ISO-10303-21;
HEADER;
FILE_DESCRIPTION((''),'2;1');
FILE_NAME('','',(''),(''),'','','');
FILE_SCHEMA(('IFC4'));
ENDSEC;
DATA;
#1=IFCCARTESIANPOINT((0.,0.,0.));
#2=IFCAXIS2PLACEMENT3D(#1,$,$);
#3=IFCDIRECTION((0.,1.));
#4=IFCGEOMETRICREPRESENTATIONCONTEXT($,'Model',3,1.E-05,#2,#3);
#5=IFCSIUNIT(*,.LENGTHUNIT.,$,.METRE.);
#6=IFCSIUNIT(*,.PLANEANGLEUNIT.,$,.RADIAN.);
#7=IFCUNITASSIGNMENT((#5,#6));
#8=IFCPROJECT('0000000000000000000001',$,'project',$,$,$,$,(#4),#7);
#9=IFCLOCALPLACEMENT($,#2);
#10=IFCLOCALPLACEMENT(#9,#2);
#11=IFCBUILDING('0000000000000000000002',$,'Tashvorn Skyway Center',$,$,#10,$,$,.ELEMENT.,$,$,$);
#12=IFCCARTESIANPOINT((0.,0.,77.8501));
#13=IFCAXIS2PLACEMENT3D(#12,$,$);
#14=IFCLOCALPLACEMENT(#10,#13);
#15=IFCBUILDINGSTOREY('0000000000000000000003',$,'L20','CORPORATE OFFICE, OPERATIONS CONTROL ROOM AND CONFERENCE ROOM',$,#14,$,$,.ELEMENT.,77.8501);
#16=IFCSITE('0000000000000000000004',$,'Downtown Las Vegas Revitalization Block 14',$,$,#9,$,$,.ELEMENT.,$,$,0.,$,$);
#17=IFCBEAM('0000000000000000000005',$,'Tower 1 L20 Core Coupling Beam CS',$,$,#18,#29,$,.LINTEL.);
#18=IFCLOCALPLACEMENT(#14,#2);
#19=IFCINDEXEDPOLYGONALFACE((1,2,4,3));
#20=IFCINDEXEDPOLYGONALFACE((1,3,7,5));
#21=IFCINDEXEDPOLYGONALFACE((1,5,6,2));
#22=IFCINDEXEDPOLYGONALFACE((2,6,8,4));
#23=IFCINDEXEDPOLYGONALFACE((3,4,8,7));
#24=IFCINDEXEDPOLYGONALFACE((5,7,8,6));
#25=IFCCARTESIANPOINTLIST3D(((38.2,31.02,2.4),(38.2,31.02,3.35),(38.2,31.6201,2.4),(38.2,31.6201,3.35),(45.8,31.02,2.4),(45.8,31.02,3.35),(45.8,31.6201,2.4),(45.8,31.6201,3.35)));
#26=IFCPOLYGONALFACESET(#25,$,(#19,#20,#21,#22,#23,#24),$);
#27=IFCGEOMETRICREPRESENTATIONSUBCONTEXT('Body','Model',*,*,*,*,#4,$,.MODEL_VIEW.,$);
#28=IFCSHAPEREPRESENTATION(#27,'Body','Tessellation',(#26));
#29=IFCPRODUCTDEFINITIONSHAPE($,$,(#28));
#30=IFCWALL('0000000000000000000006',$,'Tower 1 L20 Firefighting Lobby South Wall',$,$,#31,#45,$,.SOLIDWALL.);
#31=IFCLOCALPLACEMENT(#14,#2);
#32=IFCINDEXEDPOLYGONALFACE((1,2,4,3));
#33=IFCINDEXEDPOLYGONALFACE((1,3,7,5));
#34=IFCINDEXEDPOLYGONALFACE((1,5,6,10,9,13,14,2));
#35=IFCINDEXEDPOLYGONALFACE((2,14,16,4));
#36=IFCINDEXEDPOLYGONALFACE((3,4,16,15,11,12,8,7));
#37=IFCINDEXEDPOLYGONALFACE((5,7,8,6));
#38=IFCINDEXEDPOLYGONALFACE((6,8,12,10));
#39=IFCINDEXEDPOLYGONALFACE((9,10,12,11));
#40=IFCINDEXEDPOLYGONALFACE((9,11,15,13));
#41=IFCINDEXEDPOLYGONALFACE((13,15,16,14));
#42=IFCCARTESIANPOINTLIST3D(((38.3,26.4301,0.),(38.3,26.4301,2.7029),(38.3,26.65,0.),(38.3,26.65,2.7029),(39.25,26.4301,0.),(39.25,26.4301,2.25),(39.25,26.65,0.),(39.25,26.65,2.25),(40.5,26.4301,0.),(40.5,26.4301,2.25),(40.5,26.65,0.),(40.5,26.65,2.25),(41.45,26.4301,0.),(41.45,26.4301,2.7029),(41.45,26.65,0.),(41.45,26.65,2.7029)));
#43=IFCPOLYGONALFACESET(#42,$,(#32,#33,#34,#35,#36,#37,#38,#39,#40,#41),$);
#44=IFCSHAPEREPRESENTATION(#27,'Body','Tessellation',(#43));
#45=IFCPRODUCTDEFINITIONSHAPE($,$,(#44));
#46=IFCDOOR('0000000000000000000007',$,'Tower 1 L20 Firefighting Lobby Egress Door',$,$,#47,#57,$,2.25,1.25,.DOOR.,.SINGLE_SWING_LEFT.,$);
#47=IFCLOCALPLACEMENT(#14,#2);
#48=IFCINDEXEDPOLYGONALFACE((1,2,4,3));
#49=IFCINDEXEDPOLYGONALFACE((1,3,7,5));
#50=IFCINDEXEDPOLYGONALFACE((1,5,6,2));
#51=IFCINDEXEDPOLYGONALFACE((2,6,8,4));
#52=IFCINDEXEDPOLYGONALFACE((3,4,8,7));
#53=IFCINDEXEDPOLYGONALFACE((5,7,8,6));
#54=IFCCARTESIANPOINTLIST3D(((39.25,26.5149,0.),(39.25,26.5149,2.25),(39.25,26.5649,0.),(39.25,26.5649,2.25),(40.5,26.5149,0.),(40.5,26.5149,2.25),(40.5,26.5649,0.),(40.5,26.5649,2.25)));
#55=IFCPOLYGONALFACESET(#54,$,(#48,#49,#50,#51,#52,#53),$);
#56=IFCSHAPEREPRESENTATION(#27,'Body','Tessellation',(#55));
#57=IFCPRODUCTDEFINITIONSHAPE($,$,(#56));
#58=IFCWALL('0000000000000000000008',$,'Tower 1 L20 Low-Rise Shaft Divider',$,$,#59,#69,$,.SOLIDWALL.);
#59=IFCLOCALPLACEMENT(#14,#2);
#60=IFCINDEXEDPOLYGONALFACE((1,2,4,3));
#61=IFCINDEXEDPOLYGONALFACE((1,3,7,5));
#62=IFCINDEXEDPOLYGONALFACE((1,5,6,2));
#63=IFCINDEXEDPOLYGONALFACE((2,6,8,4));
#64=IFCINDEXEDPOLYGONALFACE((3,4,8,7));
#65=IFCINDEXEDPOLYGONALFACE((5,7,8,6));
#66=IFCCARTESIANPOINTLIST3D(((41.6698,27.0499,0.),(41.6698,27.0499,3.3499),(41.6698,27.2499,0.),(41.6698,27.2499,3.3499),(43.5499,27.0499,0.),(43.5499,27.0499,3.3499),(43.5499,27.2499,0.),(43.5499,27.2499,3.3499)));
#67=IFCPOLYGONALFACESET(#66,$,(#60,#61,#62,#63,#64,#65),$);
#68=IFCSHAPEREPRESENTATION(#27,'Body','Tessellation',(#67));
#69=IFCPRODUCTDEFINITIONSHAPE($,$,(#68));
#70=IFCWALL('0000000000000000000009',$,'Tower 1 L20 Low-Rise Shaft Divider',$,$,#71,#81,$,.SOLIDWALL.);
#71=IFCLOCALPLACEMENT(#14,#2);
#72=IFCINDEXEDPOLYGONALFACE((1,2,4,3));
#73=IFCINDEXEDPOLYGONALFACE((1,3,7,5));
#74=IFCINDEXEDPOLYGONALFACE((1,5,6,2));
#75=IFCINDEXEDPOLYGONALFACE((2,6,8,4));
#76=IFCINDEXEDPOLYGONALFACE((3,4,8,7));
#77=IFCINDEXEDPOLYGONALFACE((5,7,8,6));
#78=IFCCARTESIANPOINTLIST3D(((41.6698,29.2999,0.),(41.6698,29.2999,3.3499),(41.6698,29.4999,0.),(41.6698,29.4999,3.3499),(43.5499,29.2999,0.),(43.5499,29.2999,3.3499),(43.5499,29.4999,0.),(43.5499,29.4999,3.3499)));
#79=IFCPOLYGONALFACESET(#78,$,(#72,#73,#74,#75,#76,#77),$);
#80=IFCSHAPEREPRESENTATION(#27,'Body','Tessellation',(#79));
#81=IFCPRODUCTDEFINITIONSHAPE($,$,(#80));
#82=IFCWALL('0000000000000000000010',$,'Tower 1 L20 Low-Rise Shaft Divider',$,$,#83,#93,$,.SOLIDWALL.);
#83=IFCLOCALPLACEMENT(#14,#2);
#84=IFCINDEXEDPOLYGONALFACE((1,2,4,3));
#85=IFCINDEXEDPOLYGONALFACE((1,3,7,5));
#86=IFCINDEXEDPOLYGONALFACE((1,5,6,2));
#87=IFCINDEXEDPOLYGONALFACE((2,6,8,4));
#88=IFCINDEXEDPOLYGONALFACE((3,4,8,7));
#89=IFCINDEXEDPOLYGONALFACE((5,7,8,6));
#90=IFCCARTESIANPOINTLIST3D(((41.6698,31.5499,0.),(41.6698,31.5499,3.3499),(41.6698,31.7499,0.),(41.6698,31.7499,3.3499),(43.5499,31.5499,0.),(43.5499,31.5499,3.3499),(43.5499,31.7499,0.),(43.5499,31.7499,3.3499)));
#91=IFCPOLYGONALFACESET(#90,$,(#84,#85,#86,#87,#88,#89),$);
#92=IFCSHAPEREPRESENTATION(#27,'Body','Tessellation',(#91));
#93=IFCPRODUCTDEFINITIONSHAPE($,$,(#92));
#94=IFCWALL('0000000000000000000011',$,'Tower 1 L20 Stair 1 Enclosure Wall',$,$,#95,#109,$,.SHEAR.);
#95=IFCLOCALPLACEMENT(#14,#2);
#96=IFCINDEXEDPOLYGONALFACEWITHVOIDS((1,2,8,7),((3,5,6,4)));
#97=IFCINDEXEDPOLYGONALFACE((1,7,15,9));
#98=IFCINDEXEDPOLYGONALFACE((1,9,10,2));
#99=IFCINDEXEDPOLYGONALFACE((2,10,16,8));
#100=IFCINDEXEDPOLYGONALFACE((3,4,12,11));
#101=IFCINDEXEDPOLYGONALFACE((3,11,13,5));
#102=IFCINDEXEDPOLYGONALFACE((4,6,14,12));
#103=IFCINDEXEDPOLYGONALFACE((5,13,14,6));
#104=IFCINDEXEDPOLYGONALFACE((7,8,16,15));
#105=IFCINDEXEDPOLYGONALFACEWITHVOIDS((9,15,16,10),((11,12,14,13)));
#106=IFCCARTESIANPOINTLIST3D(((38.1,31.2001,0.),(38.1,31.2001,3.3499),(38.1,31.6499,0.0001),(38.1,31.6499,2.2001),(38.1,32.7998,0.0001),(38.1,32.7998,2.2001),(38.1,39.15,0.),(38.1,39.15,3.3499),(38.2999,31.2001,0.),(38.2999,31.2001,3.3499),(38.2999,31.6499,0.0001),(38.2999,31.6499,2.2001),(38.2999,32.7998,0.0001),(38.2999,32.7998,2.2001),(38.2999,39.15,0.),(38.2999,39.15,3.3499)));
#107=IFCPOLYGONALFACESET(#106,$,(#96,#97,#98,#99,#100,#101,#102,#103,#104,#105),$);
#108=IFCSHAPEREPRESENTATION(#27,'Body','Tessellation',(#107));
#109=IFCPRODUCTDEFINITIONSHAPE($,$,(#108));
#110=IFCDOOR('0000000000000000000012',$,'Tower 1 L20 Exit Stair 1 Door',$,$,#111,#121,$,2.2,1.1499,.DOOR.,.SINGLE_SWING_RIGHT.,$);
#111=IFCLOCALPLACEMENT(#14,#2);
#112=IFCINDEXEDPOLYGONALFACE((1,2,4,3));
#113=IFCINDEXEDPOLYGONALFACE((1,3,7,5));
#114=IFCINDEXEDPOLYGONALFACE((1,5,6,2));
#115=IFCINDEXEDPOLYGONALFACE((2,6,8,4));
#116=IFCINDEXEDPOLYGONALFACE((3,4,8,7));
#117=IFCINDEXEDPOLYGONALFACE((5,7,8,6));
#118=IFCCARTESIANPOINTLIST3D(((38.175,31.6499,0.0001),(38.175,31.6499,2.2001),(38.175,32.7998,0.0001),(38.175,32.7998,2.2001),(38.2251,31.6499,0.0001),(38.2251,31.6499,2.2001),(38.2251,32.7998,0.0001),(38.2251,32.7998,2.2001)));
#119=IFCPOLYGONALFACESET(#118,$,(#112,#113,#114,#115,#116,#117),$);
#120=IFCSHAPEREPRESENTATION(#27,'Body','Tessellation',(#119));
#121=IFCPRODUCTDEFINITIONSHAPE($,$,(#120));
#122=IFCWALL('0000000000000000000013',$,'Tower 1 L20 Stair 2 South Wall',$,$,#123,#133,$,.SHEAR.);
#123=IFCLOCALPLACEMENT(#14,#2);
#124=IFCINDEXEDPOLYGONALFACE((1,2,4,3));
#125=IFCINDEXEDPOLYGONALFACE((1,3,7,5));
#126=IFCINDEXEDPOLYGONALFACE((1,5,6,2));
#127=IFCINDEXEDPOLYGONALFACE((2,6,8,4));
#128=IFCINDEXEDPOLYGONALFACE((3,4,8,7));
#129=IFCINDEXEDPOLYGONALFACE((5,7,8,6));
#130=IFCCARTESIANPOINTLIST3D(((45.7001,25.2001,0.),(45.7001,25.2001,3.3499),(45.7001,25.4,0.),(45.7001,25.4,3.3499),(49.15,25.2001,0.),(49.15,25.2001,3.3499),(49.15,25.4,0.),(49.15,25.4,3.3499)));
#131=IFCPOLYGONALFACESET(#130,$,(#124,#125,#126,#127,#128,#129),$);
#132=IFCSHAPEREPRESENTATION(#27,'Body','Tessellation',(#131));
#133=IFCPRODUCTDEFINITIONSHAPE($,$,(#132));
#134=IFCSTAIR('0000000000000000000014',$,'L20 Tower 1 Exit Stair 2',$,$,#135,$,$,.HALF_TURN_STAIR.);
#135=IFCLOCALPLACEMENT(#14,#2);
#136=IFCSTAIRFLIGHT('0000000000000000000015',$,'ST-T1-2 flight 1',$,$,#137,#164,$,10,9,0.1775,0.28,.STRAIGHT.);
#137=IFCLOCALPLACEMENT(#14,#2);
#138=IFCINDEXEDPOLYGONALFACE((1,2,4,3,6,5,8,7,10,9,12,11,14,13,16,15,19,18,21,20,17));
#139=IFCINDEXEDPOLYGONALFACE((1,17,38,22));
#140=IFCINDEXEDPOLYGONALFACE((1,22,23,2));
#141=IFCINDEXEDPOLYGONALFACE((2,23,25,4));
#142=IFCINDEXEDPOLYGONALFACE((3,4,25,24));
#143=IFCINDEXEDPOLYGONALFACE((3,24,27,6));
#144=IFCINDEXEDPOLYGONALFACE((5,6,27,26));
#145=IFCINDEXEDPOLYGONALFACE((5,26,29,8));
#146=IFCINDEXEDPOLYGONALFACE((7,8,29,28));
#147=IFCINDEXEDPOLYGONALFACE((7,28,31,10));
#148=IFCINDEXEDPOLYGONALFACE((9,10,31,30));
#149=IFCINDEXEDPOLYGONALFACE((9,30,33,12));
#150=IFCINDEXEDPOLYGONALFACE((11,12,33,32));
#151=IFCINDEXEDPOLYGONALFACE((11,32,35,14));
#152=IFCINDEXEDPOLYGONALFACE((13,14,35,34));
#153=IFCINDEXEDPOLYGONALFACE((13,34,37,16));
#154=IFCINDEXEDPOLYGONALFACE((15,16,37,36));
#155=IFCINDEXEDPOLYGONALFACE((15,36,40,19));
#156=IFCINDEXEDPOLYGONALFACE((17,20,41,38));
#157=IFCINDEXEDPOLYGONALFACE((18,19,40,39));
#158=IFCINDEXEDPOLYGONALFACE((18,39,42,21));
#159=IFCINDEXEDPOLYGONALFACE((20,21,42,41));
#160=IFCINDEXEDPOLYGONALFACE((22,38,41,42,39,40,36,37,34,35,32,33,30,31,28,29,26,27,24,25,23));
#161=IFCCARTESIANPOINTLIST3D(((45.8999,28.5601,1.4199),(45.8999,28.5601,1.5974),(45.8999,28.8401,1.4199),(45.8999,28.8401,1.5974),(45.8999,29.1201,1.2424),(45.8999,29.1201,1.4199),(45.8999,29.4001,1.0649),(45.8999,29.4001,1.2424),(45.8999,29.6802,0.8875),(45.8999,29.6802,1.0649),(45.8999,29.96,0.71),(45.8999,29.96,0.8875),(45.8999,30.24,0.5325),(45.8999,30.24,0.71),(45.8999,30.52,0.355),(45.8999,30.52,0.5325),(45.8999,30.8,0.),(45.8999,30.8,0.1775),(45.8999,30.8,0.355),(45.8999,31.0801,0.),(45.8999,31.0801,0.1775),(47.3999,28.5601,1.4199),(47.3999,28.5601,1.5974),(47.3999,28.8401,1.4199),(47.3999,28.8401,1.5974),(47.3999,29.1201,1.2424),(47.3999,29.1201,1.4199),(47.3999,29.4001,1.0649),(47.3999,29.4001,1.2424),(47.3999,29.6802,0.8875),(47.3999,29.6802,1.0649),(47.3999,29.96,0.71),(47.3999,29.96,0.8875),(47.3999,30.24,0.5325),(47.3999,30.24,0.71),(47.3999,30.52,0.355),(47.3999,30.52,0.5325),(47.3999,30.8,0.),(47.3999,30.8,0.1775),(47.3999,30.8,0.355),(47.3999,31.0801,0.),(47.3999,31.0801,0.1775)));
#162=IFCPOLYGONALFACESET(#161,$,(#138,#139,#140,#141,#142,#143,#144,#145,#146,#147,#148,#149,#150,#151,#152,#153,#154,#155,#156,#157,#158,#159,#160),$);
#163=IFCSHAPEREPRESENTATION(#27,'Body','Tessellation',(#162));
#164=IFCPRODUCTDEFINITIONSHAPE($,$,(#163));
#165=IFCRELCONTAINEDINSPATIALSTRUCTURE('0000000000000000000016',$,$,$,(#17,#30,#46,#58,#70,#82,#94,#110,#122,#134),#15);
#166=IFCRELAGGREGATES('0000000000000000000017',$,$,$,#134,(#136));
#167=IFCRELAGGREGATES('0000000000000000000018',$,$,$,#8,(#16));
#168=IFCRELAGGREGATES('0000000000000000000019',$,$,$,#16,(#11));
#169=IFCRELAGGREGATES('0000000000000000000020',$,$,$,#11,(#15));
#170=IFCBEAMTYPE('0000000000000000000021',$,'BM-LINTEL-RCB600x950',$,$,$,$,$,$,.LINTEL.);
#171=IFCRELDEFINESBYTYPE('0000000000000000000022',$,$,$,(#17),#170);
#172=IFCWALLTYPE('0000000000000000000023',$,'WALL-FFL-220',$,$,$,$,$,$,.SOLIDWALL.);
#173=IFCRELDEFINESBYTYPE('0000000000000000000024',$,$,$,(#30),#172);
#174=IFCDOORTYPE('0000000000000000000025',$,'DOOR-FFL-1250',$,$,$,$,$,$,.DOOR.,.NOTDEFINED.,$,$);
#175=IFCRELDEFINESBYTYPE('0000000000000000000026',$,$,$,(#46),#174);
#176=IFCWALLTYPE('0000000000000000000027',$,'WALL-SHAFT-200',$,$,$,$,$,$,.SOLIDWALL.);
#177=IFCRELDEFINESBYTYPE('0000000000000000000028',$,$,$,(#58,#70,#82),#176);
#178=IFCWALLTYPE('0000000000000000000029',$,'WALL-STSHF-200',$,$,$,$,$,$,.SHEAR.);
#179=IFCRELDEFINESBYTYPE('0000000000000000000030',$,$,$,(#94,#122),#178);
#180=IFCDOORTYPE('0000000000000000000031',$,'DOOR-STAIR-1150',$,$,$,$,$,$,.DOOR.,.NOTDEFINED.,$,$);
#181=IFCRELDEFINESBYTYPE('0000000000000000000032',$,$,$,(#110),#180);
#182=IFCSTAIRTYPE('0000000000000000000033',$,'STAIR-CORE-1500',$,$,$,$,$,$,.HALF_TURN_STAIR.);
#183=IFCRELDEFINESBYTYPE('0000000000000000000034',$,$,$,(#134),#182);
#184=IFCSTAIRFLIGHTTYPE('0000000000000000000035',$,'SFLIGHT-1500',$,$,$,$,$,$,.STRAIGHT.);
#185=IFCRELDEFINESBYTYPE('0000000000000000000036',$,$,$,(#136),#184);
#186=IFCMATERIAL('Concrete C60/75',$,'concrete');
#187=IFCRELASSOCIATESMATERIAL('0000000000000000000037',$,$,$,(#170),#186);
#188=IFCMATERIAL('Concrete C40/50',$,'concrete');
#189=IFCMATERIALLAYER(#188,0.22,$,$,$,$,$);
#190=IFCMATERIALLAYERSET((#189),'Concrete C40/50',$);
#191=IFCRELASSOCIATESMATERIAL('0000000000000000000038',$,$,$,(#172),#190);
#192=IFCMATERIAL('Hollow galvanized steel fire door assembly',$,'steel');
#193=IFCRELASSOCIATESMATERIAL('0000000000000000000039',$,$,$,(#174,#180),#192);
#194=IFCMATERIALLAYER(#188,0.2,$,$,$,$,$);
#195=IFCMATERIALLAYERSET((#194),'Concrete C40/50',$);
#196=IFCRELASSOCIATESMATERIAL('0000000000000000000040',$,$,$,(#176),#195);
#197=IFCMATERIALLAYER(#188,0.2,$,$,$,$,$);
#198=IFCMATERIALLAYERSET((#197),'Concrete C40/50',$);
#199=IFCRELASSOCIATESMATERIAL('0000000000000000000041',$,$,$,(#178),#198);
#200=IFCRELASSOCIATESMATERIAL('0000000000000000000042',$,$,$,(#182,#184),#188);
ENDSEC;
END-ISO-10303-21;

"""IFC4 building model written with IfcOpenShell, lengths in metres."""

from ifc_helpers import new_model, si_unit, direction, frame, frame_2d, origin, origin_2d, place, context, subcontext, project, spatial, polyline, rectangle, outline, extrude, material, layer, layer_set, material_profile, profile_set, type_object, element, fill, aggregate, save


model = new_model("IFC4")

# Units and contexts
model_context = context("Model", 3, precision=1e-05, world=origin(), true_north=direction((0.0, 1.0)))
body_context = subcontext(model_context, "Body", "Model", "MODEL_VIEW")
ifc_project = project(units=[si_unit("LENGTHUNIT", "METRE"), si_unit("PLANEANGLEUNIT", "RADIAN")], contexts=[model_context])

# Site, building, storey
site_placement = place(None, origin())
site = spatial("IfcSite", under=ifc_project, at=site_placement, Name="Downtown Las Vegas Revitalization Block 14", CompositionType="ELEMENT", RefElevation=0.0)
building_placement = place(site_placement, origin())
building = spatial("IfcBuilding", under=site, at=building_placement, Name="Tashvorn Skyway Center", CompositionType="ELEMENT")
storey_placement = place(building_placement, frame((0.0, 0.0, 77.8501)))
storey = spatial("IfcBuildingStorey", under=building, at=storey_placement, Name="L20", Description="CORPORATE OFFICE, OPERATIONS CONTROL ROOM AND CONFERENCE ROOM", CompositionType="ELEMENT", Elevation=77.8501)

# Beam
ifc_material_1 = material(Name="Concrete C60/75", Category="concrete")
ifc_material_profile = material_profile(ifc_material_1, rectangle(XDim=0.6001, YDim=0.95, at=origin_2d()), Name="RCB600x950")
ifc_profile_set = profile_set([ifc_material_profile], Name="Concrete C60/75")
beam_type = type_object("IfcBeamType", Name="BM-LINTEL-RCB600x950", PredefinedType="LINTEL", material=ifc_profile_set)
beam_placement = place(storey_placement, frame((38.2, 31.3201, 2.875), z_axis=(1.0, 0.0, 0.0), x_axis=(0.0, 1.0, 0.0)))
element("IfcBeam", 1, at=beam_placement, inside=storey, type_object=beam_type, Name="Tower 1 L20 Core Coupling Beam CS", PredefinedType="LINTEL", context=body_context, shape_type="SweptSolid", body=[
    extrude(rectangle(XDim=0.6001, YDim=0.95, at=origin_2d()), origin(), (0.0, 0.0, 1.0), 7.6001),
])

# Wall, opening, door
ifc_material_2 = material(Name="Concrete C40/50", Category="concrete")
ifc_layer_1 = layer(ifc_material_2, 0.22)
ifc_layer_set_1 = layer_set([ifc_layer_1], Name="Concrete C40/50")
wall_type_1 = type_object("IfcWallType", Name="WALL-FFL-220", PredefinedType="SOLIDWALL", material=ifc_layer_set_1)
wall_1_placement = place(storey_placement, frame((38.3, 26.54, 0.0), z_axis=(0.0, 0.0, 1.0), x_axis=(1.0, 0.0, 0.0)))
wall_1 = element("IfcWall", 2, at=wall_1_placement, inside=storey, type_object=wall_type_1, Name="Tower 1 L20 Firefighting Lobby South Wall", PredefinedType="SOLIDWALL", context=body_context, shape_type="SweptSolid", body=[
    extrude(rectangle(XDim=3.1499, YDim=0.22, at=frame_2d((1.575, 0.0))), origin(), (0.0, 0.0, 1.0), 2.7029),
])
opening_1_placement = place(wall_1_placement, frame((0.95, 0.0, 0.0)))
opening_1 = element("IfcOpeningElement", 3, at=opening_1_placement, cuts=wall_1, PredefinedType="OPENING", context=body_context, shape_type="SweptSolid", body=[
    extrude(rectangle(XDim=1.25, YDim=2.25, at=frame_2d((0.625, 1.125))), frame((0.0, 0.1199, 0.0), z_axis=(0.0, -1.0, 0.0), x_axis=(1.0, 0.0, 0.0)), (0.0, 0.0, 1.0), 0.24),
])
ifc_material_3 = material(Name="Hollow galvanized steel fire door assembly", Category="steel")
door_type_1 = type_object("IfcDoorType", Name="DOOR-FFL-1250", OperationType="NOTDEFINED", PredefinedType="DOOR", material=ifc_material_3)
door_1_placement = place(opening_1_placement, origin())
door_1 = element("IfcDoor", 4, at=door_1_placement, inside=storey, type_object=door_type_1, Name="Tower 1 L20 Firefighting Lobby Egress Door", OperationType="SINGLE_SWING_LEFT", OverallHeight=2.25, OverallWidth=1.25, PredefinedType="DOOR", context=body_context, shape_type="SweptSolid", body=[
    extrude(rectangle(XDim=1.25, YDim=2.25, at=frame_2d((0.625, 1.125))), frame((0.0, 0.0249, 0.0), z_axis=(0.0, -1.0, 0.0), x_axis=(1.0, 0.0, 0.0)), (0.0, 0.0, 1.0), 0.05),
])
fill(opening_1, door_1)

# Walls
ifc_layer_2 = layer(ifc_material_2, 0.2)
ifc_layer_set_2 = layer_set([ifc_layer_2], Name="Concrete C40/50")
wall_type_2 = type_object("IfcWallType", Name="WALL-SHAFT-200", PredefinedType="SOLIDWALL", material=ifc_layer_set_2)
for number, where, z_axis, x_axis, name in (
    (5, (41.6699, 27.1499, 0.0), (0.0, 0.0, 1.0), (1.0, 0.0, 0.0), "Tower 1 L20 Low-Rise Shaft Divider"),
    (6, (41.6699, 29.3999, 0.0), (0.0, 0.0, 1.0), (1.0, 0.0, 0.0), "Tower 1 L20 Low-Rise Shaft Divider"),
    (7, (41.6699, 31.6499, 0.0), (0.0, 0.0, 1.0), (1.0, 0.0, 0.0), "Tower 1 L20 Low-Rise Shaft Divider"),
):
    element("IfcWall", number, at=place(storey_placement, frame(where, z_axis=z_axis, x_axis=x_axis)), inside=storey, type_object=wall_type_2, Name=name, PredefinedType="SOLIDWALL", context=body_context, shape_type="SweptSolid", body=[
        extrude(rectangle(XDim=1.8801, YDim=0.2, at=frame_2d((0.9399, 0.0))), origin(), (0.0, 0.0, 1.0), 3.3499),
    ])

# Wall, opening, door
ifc_layer_3 = layer(ifc_material_2, 0.2)
ifc_layer_set_3 = layer_set([ifc_layer_3], Name="Concrete C40/50")
wall_type_3 = type_object("IfcWallType", Name="WALL-STSHF-200", PredefinedType="SHEAR", material=ifc_layer_set_3)
wall_2_placement = place(storey_placement, frame((38.2, 31.2, 0.0), z_axis=(0.0, 0.0, 1.0), x_axis=(0.0, 1.0, 0.0)))
wall_2 = element("IfcWall", 8, at=wall_2_placement, inside=storey, type_object=wall_type_3, Name="Tower 1 L20 Stair 1 Enclosure Wall", PredefinedType="SHEAR", context=body_context, shape_type="SweptSolid", body=[
    extrude(rectangle(XDim=7.95, YDim=0.2, at=frame_2d((3.9751, 0.0))), origin(), (0.0, 0.0, 1.0), 3.3499),
])
opening_2_placement = place(wall_2_placement, frame((0.45, 0.0, 0.0)))
opening_2 = element("IfcOpeningElement", 9, at=opening_2_placement, cuts=wall_2, PredefinedType="OPENING", context=body_context, shape_type="SweptSolid", body=[
    extrude(rectangle(XDim=1.1499, YDim=2.2, at=frame_2d((0.575, 1.1001))), frame((0.0, 0.1099, 0.0), z_axis=(0.0, -1.0, 0.0), x_axis=(1.0, 0.0, 0.0)), (0.0, 0.0, 1.0), 0.22),
])
door_type_2 = type_object("IfcDoorType", Name="DOOR-STAIR-1150", OperationType="NOTDEFINED", PredefinedType="DOOR", material=ifc_material_3)
door_2_placement = place(opening_2_placement, origin())
door_2 = element("IfcDoor", 10, at=door_2_placement, inside=storey, type_object=door_type_2, Name="Tower 1 L20 Exit Stair 1 Door", OperationType="SINGLE_SWING_RIGHT", OverallHeight=2.2, OverallWidth=1.1499, PredefinedType="DOOR", context=body_context, shape_type="SweptSolid", body=[
    extrude(rectangle(XDim=1.1499, YDim=2.2, at=frame_2d((0.575, 1.1001))), frame((0.0, 0.0249, 0.0), z_axis=(0.0, -1.0, 0.0), x_axis=(1.0, 0.0, 0.0)), (0.0, 0.0, 1.0), 0.05),
])
fill(opening_2, door_2)

# Wall
wall_3_placement = place(storey_placement, frame((45.7, 25.3, 0.0), z_axis=(0.0, 0.0, 1.0), x_axis=(1.0, 0.0, 0.0)))
element("IfcWall", 11, at=wall_3_placement, inside=storey, type_object=wall_type_3, Name="Tower 1 L20 Stair 2 South Wall", PredefinedType="SHEAR", context=body_context, shape_type="SweptSolid", body=[
    extrude(rectangle(XDim=3.45, YDim=0.2, at=frame_2d((1.7251, 0.0))), origin(), (0.0, 0.0, 1.0), 3.3499),
])

# Stair, stair flight
stair_type = type_object("IfcStairType", Name="STAIR-CORE-1500", PredefinedType="HALF_TURN_STAIR", material=ifc_material_2)
stair_placement = place(storey_placement, origin())
stair = element("IfcStair", 12, at=stair_placement, inside=storey, type_object=stair_type, Name="L20 Tower 1 Exit Stair 2", PredefinedType="HALF_TURN_STAIR")
stair_flight_type = type_object("IfcStairFlightType", Name="SFLIGHT-1500", PredefinedType="STRAIGHT", material=ifc_material_2)
stair_flight_1_placement = place(storey_placement, frame((46.6499, 31.0801, 0.0), z_axis=(0.0, 0.0, 1.0), x_axis=(0.0, -1.0, 0.0)))
stair_flight_1 = element("IfcStairFlight", 13, at=stair_flight_1_placement, type_object=stair_flight_type, Name="ST-T1-2 flight 1", NumberOfRisers=10, NumberOfTreads=9, PredefinedType="STRAIGHT", RiserHeight=0.1775, TreadLength=0.28, context=body_context, shape_type="SweptSolid", body=[
    extrude(outline(polyline([(0.0, 0.0), (0.0, 0.1775), (0.28, 0.1775), (0.28, 0.355), (0.5601, 0.355), (0.5601, 0.5325), (0.8401, 0.5325), (0.8401, 0.71), (1.1201, 0.71), (1.1201, 0.8875), (1.3999, 0.8875), (1.3999, 1.0649), (1.6799, 1.0649), (1.6799, 1.2424), (1.96, 1.2424), (1.96, 1.4199), (2.24, 1.4199), (2.24, 1.5974), (2.52, 1.5974), (2.52, 1.7749), (2.52, 1.4199), (0.28, 0.0), (0.0, 0.0)])), frame((0.0, 0.75, 0.0), z_axis=(0.0, -1.0, 0.0), x_axis=(1.0, 0.0, 0.0)), (0.0, 0.0, 1.0), 1.5),
])
aggregate(stair, [stair_flight_1])

save(model, "model.ifc")
